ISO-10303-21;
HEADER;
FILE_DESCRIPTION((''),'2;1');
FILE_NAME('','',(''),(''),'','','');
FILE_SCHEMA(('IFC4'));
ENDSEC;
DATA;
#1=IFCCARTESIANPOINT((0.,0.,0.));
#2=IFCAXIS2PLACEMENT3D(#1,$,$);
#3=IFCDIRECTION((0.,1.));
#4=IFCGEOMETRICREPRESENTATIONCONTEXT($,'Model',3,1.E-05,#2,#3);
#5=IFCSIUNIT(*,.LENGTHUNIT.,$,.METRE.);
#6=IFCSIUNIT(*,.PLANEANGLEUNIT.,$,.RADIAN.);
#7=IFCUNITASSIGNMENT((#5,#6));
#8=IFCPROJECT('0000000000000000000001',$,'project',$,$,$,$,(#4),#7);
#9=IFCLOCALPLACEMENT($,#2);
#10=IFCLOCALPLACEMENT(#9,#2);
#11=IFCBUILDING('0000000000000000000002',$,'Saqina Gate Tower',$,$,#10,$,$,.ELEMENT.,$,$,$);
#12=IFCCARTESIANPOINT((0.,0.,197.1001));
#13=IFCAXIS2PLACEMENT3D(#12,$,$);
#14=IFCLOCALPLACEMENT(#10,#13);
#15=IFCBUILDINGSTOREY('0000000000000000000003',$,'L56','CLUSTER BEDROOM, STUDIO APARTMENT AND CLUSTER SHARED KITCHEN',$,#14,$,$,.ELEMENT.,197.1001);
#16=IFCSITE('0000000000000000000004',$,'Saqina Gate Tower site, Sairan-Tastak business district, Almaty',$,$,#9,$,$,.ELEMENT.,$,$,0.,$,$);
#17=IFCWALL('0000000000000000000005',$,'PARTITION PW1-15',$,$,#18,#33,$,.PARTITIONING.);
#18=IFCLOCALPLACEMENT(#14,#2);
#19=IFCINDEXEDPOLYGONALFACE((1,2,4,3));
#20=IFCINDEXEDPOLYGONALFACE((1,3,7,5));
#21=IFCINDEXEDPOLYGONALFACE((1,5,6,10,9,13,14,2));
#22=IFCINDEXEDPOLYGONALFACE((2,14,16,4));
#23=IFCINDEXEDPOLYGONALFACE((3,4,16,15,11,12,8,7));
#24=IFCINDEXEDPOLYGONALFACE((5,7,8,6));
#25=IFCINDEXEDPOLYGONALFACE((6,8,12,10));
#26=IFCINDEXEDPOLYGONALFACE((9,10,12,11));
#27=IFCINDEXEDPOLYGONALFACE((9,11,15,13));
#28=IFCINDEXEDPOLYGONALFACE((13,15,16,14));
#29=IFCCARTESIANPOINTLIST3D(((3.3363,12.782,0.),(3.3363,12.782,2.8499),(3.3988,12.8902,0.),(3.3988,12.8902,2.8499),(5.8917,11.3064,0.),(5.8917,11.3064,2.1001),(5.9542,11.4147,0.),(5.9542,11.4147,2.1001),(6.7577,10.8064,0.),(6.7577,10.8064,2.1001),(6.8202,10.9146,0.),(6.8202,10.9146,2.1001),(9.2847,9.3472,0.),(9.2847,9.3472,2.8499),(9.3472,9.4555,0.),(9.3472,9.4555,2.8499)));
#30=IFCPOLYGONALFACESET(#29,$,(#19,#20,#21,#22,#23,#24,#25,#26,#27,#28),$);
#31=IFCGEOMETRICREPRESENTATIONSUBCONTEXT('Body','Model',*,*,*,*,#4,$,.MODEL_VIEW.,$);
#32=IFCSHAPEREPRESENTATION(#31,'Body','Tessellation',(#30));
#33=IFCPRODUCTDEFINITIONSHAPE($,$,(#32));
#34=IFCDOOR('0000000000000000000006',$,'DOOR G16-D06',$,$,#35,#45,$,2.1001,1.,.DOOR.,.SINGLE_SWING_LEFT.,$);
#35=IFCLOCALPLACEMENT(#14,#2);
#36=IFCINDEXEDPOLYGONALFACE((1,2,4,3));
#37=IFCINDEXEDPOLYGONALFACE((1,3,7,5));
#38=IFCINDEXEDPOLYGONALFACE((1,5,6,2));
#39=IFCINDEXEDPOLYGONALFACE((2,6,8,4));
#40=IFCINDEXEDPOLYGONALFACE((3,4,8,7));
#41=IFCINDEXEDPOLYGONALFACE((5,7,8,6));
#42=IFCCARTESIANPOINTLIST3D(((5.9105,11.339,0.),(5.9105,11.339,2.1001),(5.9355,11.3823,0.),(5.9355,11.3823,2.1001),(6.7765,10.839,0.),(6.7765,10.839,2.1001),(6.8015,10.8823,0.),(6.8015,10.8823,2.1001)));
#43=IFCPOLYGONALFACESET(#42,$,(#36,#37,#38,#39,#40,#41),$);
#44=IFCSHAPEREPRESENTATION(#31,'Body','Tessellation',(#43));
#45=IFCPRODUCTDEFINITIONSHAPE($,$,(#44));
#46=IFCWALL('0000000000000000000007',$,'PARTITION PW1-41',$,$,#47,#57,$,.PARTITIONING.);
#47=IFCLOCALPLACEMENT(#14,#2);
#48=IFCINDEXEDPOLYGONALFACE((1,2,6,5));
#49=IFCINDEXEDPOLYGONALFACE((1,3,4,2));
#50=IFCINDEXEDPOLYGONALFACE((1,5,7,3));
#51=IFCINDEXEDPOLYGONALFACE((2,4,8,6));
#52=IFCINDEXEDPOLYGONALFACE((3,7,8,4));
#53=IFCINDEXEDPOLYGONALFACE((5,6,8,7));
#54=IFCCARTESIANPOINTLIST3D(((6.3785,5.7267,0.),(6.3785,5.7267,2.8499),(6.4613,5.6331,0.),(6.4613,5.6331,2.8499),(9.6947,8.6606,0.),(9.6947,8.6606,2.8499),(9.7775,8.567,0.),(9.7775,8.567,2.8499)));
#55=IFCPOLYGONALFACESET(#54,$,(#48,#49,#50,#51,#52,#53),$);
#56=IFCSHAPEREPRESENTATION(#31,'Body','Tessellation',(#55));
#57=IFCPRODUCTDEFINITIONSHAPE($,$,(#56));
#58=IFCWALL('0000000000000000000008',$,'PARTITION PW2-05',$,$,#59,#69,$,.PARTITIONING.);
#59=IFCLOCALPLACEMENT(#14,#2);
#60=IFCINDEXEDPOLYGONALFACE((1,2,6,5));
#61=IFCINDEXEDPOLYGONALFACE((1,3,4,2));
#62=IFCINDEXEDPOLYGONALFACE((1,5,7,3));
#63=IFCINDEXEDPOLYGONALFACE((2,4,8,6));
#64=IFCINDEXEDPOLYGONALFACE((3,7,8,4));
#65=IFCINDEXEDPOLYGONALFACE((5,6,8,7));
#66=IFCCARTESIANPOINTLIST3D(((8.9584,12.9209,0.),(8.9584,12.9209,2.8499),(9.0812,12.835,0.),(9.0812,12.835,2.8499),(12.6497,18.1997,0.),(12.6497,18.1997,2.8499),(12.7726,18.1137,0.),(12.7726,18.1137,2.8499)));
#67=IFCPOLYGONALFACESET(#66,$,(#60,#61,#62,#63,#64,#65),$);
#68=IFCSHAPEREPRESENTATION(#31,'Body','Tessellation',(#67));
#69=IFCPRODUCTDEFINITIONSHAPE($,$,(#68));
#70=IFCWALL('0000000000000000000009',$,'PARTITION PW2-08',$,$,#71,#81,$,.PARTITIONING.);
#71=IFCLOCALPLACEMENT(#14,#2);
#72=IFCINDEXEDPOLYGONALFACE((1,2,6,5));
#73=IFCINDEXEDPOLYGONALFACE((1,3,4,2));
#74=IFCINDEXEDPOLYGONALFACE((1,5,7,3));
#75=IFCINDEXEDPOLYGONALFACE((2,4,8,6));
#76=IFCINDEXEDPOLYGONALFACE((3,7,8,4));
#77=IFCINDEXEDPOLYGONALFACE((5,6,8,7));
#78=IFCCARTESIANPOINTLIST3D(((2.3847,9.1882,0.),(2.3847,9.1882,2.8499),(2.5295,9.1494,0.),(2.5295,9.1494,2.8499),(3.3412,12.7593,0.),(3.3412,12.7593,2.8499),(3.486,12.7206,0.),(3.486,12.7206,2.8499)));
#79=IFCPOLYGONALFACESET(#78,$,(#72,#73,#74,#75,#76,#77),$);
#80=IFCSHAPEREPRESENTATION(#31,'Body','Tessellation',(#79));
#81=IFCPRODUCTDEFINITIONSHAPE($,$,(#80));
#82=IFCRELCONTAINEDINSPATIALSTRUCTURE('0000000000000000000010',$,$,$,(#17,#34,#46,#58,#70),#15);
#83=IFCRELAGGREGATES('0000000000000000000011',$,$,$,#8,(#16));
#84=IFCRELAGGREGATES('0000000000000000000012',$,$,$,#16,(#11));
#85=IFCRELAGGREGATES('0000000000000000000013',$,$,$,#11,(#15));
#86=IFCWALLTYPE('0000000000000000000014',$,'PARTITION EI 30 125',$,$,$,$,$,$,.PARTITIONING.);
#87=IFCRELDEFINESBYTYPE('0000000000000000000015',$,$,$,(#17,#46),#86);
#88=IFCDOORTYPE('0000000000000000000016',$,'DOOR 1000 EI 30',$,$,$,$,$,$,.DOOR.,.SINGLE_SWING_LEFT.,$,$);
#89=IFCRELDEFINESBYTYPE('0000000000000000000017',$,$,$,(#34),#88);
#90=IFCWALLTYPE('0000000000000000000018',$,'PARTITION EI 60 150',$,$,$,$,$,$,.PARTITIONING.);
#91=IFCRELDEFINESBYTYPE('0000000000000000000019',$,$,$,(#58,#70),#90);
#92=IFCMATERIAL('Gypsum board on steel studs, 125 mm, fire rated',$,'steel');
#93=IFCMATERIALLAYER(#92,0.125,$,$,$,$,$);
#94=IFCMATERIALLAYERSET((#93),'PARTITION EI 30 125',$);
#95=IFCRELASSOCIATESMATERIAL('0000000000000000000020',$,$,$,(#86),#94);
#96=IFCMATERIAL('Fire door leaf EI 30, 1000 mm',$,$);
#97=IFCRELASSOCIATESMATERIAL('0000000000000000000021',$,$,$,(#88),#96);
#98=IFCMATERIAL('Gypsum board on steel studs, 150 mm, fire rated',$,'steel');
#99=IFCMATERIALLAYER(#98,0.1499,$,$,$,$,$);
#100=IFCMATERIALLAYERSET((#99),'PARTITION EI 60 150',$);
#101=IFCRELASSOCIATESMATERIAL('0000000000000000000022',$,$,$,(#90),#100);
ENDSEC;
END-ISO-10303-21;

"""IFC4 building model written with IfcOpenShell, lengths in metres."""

from ifc_helpers import new_model, si_unit, direction, frame, frame_2d, origin, place, context, subcontext, project, spatial, rectangle, extrude, material, layer, layer_set, type_object, element, fill, save


model = new_model("IFC4")

# Units and contexts
model_context = context("Model", 3, precision=1e-05, world=origin(), true_north=direction((0.0, 1.0)))
body_context = subcontext(model_context, "Body", "Model", "MODEL_VIEW")
ifc_project = project(units=[si_unit("LENGTHUNIT", "METRE"), si_unit("PLANEANGLEUNIT", "RADIAN")], contexts=[model_context])

# Site, building, storey
site_placement = place(None, origin())
site = spatial("IfcSite", under=ifc_project, at=site_placement, Name="Saqina Gate Tower site, Sairan-Tastak business district, Almaty", CompositionType="ELEMENT", RefElevation=0.0)
building_placement = place(site_placement, origin())
building = spatial("IfcBuilding", under=site, at=building_placement, Name="Saqina Gate Tower", CompositionType="ELEMENT")
storey_placement = place(building_placement, frame((0.0, 0.0, 197.1001)))
storey = spatial("IfcBuildingStorey", under=building, at=storey_placement, Name="L56", Description="CLUSTER BEDROOM, STUDIO APARTMENT AND CLUSTER SHARED KITCHEN", CompositionType="ELEMENT", Elevation=197.1001)

# Shared definitions
ifc_material_1 = material(Name="Gypsum board on steel studs, 125 mm, fire rated", Category="steel")
ifc_layer_1 = layer(ifc_material_1, 0.125)
ifc_layer_set_1 = layer_set([ifc_layer_1], Name="PARTITION EI 30 125")
wall_type_1 = type_object("IfcWallType", Name="PARTITION EI 30 125", PredefinedType="PARTITIONING", material=ifc_layer_set_1)

# Wall, opening, door
wall_1_placement = place(storey_placement, frame((3.3674, 12.8362, 0.0), z_axis=(0.0, 0.0, 1.0), x_axis=(0.865997, -0.50005, 0.0)))
wall_1 = element("IfcWall", 1, at=wall_1_placement, inside=storey, type_object=wall_type_1, Name="PARTITION PW1-15", PredefinedType="PARTITIONING", context=body_context, shape_type="SweptSolid", body=[
    extrude(rectangle(XDim=6.8689, YDim=0.125, at=frame_2d((3.4346, 0.0))), origin(), (0.0, 0.0, 1.0), 2.8499),
])
opening_1_placement = place(wall_1_placement, frame((2.9509, 0.0, 0.0)))
opening_1 = element("IfcOpeningElement", 2, at=opening_1_placement, cuts=wall_1, PredefinedType="OPENING", context=body_context, shape_type="SweptSolid", body=[
    extrude(rectangle(XDim=1.0, YDim=2.1001, at=frame_2d((0.5, 1.05))), frame((0.0, 0.0745, 0.0), z_axis=(0.0, -1.0, 0.0), x_axis=(1.0, 0.0, 0.0)), (0.0, 0.0, 1.0), 0.1489),
])
ifc_material_2 = material(Name="Fire door leaf EI 30, 1000 mm")
door_type_1 = type_object("IfcDoorType", Name="DOOR 1000 EI 30", OperationType="SINGLE_SWING_LEFT", PredefinedType="DOOR", material=ifc_material_2)
door_1_placement = place(opening_1_placement, frame((1.0, 0.0, 0.0), z_axis=(0.0, 0.0, 1.0), x_axis=(-1.0, 0.0, 0.0)))
door_1 = element("IfcDoor", 3, at=door_1_placement, inside=storey, type_object=door_type_1, Name="DOOR G16-D06", OperationType="SINGLE_SWING_LEFT", OverallHeight=2.1001, OverallWidth=1.0, PredefinedType="DOOR", context=body_context, shape_type="SweptSolid", body=[
    extrude(rectangle(XDim=1.0, YDim=2.1001, at=frame_2d((0.5, 1.05))), frame((0.0, 0.0249, 0.0), z_axis=(0.0, -1.0, 0.0), x_axis=(1.0, 0.0, 0.0)), (0.0, 0.0, 1.0), 0.05),
])
fill(opening_1, door_1)

# Walls
wall_2_placement = place(storey_placement, frame((6.4199, 5.6799, 0.0), z_axis=(0.0, 0.0, 1.0), x_axis=(0.748962, 0.662613, 0.0)))
element("IfcWall", 4, at=wall_2_placement, inside=storey, type_object=wall_type_1, Name="PARTITION PW1-41", PredefinedType="PARTITIONING", context=body_context, shape_type="SweptSolid", body=[
    extrude(rectangle(XDim=4.4277, YDim=0.125, at=frame_2d((2.2139, 0.0))), origin(), (0.0, 0.0, 1.0), 2.8499),
])
ifc_material_3 = material(Name="Gypsum board on steel studs, 150 mm, fire rated", Category="steel")
ifc_layer_2 = layer(ifc_material_3, 0.1499)
ifc_layer_set_2 = layer_set([ifc_layer_2], Name="PARTITION EI 60 150")
wall_type_2 = type_object("IfcWallType", Name="PARTITION EI 60 150", PredefinedType="PARTITIONING", material=ifc_layer_set_2)
wall_3_placement = place(storey_placement, frame((9.0198, 12.8779, 0.0), z_axis=(0.0, 0.0, 1.0), x_axis=(0.573071, 0.819506, 0.0)))
element("IfcWall", 5, at=wall_3_placement, inside=storey, type_object=wall_type_2, Name="PARTITION PW2-05", PredefinedType="PARTITIONING", context=body_context, shape_type="SweptSolid", body=[
    extrude(rectangle(XDim=6.4414, YDim=0.1499, at=frame_2d((3.2207, 0.0))), origin(), (0.0, 0.0, 1.0), 2.8499),
])
wall_4_placement = place(storey_placement, frame((2.457, 9.1687, 0.0), z_axis=(0.0, 0.0, 1.0), x_axis=(0.258739, 0.965947, 0.0)))
element("IfcWall", 6, at=wall_4_placement, inside=storey, type_object=wall_type_2, Name="PARTITION PW2-08", PredefinedType="PARTITIONING", context=body_context, shape_type="SweptSolid", body=[
    extrude(rectangle(XDim=3.697, YDim=0.1499, at=frame_2d((1.8486, 0.0))), origin(), (0.0, 0.0, 1.0), 2.8499),
])

save(model, "model.ifc")
